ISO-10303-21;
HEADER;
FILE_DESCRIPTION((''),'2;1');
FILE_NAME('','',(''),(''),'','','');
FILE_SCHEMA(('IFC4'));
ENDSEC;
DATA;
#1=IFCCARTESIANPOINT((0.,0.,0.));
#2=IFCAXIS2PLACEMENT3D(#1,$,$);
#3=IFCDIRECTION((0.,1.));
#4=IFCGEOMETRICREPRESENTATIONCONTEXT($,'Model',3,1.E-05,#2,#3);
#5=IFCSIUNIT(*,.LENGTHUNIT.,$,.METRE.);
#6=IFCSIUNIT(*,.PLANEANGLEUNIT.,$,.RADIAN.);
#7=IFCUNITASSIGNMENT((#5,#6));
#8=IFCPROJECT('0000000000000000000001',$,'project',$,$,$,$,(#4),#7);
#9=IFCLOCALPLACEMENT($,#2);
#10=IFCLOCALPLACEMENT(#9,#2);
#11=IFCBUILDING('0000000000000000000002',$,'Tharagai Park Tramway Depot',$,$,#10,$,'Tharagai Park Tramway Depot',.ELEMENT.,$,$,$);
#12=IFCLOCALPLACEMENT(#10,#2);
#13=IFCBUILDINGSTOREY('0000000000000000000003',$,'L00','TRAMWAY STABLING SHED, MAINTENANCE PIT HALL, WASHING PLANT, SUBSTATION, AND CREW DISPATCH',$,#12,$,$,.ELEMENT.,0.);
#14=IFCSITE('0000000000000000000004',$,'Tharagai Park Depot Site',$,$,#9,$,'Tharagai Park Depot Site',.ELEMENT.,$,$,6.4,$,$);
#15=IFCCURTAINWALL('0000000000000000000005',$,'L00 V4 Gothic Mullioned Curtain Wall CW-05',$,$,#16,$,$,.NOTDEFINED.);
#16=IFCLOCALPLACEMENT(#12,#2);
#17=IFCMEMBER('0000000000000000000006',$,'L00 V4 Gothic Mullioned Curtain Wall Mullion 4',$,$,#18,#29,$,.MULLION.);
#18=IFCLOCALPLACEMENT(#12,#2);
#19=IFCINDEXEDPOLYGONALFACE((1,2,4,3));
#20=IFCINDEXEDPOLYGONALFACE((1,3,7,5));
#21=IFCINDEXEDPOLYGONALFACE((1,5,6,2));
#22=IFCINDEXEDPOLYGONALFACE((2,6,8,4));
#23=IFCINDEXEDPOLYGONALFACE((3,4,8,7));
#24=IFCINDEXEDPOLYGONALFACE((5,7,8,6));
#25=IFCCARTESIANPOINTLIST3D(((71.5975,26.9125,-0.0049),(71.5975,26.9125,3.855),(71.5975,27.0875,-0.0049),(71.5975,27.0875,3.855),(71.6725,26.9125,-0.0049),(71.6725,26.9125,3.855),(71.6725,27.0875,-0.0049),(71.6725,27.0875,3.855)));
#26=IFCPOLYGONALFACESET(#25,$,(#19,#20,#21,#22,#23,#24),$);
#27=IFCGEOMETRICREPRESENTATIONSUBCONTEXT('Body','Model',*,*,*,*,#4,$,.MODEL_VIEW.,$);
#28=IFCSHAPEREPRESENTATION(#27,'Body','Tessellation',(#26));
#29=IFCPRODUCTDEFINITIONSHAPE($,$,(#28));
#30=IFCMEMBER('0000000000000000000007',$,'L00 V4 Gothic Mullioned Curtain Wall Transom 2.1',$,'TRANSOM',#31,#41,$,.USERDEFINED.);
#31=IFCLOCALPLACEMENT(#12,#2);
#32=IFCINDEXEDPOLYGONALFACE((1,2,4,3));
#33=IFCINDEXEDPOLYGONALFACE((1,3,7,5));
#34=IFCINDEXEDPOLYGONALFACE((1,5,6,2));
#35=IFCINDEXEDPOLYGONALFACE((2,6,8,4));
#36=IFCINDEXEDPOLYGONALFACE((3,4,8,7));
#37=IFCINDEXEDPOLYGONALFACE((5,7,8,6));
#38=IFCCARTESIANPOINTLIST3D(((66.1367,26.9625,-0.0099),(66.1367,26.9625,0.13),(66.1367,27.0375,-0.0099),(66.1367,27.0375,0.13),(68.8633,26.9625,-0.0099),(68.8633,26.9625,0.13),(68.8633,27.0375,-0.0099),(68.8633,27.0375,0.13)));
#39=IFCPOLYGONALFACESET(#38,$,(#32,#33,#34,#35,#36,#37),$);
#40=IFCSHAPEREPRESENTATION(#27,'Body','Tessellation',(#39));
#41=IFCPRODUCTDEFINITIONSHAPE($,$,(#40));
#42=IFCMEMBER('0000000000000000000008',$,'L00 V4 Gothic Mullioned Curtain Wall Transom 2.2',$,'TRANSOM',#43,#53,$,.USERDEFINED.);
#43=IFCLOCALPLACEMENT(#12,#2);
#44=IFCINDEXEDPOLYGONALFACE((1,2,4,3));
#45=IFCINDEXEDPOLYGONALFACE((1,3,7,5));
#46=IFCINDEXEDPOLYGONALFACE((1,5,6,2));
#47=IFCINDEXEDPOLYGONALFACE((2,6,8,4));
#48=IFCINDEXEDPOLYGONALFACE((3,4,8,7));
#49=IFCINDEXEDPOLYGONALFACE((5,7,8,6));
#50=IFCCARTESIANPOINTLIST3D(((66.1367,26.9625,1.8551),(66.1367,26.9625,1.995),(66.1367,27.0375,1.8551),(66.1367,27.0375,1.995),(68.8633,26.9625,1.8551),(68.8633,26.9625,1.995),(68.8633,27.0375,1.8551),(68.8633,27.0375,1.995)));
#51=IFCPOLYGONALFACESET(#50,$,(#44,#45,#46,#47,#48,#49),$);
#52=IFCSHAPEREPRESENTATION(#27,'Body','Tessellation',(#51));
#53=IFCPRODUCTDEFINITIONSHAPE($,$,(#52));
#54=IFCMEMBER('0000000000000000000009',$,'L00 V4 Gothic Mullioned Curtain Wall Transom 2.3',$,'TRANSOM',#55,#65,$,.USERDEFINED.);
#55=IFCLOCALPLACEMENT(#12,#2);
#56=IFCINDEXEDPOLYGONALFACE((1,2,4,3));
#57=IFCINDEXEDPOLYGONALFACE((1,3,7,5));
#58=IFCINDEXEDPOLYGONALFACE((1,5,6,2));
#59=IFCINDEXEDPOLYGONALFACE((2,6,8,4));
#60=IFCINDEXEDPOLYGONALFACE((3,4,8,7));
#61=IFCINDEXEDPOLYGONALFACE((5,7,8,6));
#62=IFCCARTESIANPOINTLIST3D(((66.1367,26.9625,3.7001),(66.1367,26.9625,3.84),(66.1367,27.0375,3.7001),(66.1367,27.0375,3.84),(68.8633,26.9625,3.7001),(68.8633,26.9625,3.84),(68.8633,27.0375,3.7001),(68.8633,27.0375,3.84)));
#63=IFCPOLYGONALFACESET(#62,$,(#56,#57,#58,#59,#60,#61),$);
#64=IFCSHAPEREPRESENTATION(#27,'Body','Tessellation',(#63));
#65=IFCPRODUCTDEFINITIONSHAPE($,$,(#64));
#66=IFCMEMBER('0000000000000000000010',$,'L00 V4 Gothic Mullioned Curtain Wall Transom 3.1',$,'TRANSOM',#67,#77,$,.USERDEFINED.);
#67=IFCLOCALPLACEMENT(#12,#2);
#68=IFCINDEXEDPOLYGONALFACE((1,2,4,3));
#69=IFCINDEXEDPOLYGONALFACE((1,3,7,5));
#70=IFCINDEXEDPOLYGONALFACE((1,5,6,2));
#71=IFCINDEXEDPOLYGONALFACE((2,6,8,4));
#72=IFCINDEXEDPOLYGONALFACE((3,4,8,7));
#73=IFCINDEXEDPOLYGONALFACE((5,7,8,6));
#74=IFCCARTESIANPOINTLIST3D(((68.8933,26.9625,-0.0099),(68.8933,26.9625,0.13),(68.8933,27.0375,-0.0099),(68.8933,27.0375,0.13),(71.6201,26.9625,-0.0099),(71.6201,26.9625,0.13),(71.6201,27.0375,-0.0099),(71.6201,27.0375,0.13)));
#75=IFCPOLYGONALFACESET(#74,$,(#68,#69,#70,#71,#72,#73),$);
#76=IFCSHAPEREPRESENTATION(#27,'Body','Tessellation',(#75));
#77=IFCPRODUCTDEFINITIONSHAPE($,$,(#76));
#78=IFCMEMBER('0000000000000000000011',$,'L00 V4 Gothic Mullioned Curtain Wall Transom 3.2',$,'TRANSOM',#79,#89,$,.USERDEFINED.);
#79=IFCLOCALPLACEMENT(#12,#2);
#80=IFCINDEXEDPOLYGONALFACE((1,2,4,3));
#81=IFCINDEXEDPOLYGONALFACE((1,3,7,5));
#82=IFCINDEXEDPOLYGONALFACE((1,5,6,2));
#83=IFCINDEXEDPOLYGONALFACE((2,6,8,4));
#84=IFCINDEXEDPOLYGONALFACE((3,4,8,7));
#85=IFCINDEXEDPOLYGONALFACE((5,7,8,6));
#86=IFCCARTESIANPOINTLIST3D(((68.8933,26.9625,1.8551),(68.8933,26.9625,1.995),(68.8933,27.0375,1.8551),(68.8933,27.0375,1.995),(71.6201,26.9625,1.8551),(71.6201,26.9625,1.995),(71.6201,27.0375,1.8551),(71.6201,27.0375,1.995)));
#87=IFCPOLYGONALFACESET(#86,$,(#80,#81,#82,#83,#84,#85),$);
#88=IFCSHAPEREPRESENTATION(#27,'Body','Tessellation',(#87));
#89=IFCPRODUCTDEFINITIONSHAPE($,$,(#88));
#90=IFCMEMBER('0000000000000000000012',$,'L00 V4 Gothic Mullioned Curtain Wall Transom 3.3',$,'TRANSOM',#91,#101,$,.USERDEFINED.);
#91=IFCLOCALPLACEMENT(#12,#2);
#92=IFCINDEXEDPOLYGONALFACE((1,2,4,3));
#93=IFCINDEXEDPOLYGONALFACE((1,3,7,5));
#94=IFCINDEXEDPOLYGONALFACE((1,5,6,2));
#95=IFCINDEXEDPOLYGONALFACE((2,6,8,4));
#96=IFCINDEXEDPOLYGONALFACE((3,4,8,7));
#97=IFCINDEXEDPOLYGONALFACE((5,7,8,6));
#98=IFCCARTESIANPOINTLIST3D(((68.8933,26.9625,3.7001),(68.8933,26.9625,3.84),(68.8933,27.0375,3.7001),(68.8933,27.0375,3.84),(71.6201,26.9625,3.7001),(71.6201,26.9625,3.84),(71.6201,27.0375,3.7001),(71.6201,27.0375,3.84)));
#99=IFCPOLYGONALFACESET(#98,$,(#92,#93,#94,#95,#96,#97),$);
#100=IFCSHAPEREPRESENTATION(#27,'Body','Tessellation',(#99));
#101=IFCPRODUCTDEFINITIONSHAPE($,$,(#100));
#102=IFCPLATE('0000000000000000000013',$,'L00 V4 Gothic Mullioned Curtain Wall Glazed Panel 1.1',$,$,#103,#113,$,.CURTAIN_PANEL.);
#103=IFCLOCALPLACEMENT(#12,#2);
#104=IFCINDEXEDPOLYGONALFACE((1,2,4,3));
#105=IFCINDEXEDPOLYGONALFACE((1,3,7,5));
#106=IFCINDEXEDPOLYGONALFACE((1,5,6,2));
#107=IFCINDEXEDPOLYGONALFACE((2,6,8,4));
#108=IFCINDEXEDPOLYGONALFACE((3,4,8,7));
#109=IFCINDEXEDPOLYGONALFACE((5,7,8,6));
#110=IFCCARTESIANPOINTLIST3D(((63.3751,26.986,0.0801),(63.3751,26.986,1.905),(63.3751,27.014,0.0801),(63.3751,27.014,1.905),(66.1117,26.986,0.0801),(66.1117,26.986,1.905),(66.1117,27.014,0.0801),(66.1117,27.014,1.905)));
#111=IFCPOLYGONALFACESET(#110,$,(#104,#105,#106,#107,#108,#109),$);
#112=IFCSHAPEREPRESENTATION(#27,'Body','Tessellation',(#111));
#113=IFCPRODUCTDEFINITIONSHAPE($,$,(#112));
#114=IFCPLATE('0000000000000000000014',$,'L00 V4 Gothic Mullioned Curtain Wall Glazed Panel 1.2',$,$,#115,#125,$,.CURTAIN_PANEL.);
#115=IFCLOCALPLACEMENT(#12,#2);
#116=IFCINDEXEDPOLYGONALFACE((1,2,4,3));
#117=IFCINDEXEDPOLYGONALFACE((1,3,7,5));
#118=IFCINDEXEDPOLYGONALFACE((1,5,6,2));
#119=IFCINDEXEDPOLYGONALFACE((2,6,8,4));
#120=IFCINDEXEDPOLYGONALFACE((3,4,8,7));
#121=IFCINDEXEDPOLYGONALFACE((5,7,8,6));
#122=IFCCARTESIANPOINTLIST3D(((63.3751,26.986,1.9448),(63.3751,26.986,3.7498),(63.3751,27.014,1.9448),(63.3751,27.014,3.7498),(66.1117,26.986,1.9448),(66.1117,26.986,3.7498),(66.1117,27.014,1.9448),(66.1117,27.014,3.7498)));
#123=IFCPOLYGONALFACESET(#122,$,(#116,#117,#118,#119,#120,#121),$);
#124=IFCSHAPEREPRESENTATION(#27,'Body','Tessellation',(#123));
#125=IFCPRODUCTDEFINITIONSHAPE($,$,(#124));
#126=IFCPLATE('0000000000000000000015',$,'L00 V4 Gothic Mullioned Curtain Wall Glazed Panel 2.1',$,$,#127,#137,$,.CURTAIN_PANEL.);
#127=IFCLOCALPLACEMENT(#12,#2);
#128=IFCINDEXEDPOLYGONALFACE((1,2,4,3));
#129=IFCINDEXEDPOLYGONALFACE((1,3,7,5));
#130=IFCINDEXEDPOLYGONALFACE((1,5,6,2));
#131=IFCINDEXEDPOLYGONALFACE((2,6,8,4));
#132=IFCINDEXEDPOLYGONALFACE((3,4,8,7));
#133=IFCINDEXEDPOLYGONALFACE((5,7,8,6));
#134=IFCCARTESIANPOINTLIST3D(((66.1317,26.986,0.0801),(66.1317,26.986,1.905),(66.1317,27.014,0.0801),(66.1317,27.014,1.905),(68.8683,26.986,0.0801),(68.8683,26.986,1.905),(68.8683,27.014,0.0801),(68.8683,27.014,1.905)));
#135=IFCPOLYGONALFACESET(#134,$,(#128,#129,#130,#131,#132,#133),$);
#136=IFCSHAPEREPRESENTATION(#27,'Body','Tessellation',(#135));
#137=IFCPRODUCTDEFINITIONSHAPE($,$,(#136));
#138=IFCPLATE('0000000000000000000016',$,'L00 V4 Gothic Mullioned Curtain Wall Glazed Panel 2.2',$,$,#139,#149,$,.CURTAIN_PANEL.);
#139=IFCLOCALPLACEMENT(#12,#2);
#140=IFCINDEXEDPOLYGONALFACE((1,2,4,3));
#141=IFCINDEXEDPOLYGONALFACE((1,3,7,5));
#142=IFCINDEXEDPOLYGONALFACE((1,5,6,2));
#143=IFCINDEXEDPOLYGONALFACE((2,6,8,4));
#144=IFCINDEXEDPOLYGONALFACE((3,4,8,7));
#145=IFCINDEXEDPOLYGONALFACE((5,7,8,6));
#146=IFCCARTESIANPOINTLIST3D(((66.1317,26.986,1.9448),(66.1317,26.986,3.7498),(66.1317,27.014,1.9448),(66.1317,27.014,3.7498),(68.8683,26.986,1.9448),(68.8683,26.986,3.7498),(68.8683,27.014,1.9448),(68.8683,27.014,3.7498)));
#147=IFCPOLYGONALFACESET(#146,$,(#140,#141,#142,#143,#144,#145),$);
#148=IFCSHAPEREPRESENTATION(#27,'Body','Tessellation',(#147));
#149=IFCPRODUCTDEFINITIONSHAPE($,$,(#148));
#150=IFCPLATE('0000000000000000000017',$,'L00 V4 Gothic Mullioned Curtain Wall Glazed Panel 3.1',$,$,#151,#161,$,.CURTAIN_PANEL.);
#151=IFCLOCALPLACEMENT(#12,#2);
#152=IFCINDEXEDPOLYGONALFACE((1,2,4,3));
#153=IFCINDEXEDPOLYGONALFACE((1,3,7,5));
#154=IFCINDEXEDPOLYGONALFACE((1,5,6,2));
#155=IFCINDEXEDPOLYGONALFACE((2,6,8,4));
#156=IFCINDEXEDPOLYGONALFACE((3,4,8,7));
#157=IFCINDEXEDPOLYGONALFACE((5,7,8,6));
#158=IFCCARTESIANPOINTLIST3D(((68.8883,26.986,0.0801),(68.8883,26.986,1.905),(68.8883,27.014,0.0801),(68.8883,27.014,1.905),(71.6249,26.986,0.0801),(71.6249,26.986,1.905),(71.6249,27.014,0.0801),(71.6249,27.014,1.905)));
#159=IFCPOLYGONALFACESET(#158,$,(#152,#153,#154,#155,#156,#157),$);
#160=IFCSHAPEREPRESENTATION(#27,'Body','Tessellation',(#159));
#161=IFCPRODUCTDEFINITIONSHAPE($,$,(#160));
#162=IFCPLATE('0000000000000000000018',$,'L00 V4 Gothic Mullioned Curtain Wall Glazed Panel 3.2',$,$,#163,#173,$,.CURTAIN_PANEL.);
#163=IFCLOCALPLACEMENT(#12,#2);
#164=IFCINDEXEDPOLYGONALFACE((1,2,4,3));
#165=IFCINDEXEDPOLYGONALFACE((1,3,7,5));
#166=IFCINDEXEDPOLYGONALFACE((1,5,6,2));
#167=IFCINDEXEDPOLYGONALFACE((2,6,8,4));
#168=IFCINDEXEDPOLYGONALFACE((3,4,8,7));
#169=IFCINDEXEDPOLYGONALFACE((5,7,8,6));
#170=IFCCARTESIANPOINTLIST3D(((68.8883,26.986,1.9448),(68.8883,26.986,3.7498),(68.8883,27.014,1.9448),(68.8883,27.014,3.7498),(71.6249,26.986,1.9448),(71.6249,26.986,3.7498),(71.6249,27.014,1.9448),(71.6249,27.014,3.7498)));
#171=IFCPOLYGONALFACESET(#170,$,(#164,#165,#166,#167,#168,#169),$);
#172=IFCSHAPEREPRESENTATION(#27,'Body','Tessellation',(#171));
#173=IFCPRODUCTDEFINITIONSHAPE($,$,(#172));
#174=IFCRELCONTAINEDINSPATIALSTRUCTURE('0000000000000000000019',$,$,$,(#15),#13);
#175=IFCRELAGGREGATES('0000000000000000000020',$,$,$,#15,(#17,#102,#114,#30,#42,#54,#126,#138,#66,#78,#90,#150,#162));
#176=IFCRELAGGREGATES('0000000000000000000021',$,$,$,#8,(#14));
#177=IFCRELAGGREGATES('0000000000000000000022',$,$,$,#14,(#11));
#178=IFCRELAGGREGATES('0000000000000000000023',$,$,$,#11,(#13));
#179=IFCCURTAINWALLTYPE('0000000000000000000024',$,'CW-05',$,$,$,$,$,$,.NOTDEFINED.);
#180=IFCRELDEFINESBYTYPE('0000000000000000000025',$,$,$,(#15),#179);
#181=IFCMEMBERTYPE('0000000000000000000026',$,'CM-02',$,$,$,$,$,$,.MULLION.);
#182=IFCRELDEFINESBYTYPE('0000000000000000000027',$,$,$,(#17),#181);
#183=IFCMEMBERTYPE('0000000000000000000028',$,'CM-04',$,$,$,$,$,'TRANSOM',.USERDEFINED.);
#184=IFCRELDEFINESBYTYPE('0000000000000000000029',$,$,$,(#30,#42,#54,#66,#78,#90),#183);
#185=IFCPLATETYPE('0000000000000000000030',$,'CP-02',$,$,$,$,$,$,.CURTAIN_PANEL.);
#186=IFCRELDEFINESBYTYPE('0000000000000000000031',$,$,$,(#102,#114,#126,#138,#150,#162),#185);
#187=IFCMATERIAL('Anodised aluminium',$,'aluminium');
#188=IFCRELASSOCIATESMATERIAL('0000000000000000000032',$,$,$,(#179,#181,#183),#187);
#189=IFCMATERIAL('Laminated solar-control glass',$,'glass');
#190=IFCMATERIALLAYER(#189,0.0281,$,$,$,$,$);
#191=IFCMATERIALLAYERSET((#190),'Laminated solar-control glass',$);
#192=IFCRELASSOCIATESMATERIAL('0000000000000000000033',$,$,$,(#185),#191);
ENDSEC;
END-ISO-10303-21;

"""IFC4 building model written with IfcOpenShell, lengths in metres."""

from ifc_helpers import new_model, si_unit, direction, frame, origin, origin_2d, place, context, subcontext, project, spatial, rectangle, extrude, material, layer, layer_set, material_profile, profile_set, type_object, element, aggregate, save


model = new_model("IFC4")

# Units and contexts
model_context = context("Model", 3, precision=1e-05, world=origin(), true_north=direction((0.0, 1.0)))
body_context = subcontext(model_context, "Body", "Model", "MODEL_VIEW")
ifc_project = project(units=[si_unit("LENGTHUNIT", "METRE"), si_unit("PLANEANGLEUNIT", "RADIAN")], contexts=[model_context])

# Site, building, storey
site_placement = place(None, origin())
site = spatial("IfcSite", under=ifc_project, at=site_placement, Name="Tharagai Park Depot Site", LongName="Tharagai Park Depot Site", CompositionType="ELEMENT", RefElevation=6.4)
building_placement = place(site_placement, origin())
building = spatial("IfcBuilding", under=site, at=building_placement, Name="Tharagai Park Tramway Depot", LongName="Tharagai Park Tramway Depot", CompositionType="ELEMENT")
storey_placement = place(building_placement, origin())
storey = spatial("IfcBuildingStorey", under=building, at=storey_placement, Name="L00", Description="TRAMWAY STABLING SHED, MAINTENANCE PIT HALL, WASHING PLANT, SUBSTATION, AND CREW DISPATCH", CompositionType="ELEMENT", Elevation=0.0)

# Curtain wall, members, plates
ifc_material_1 = material(Name="Anodised aluminium", Category="aluminium")
curtain_wall_type = type_object("IfcCurtainWallType", Name="CW-05", PredefinedType="NOTDEFINED", material=ifc_material_1)
curtain_wall_placement = place(storey_placement, origin())
curtain_wall = element("IfcCurtainWall", 1, at=curtain_wall_placement, inside=storey, type_object=curtain_wall_type, Name="L00 V4 Gothic Mullioned Curtain Wall CW-05", PredefinedType="NOTDEFINED")
ifc_material_profile_1 = material_profile(ifc_material_1, rectangle(XDim=0.075, YDim=0.175, at=origin_2d()), Name="ALU 75x175")
ifc_profile_set_1 = profile_set([ifc_material_profile_1], Name="Anodised aluminium")
member_type_1 = type_object("IfcMemberType", Name="CM-02", PredefinedType="MULLION", material=ifc_profile_set_1)
member_1_placement = place(storey_placement, frame((71.635, 27.0, -0.0049), z_axis=(0.0, 0.0, 1.0), x_axis=(1.0, 0.0, 0.0)))
member_1 = element("IfcMember", 2, at=member_1_placement, type_object=member_type_1, Name="L00 V4 Gothic Mullioned Curtain Wall Mullion 4", PredefinedType="MULLION", context=body_context, shape_type="SweptSolid", body=[
    extrude(rectangle(XDim=0.075, YDim=0.175, at=origin_2d()), origin(), (0.0, 0.0, 1.0), 3.8599),
])
ifc_material_profile_2 = material_profile(ifc_material_1, rectangle(XDim=0.075, YDim=0.1399, at=origin_2d()), Name="ALU 75x140")
ifc_profile_set_2 = profile_set([ifc_material_profile_2], Name="Anodised aluminium")
member_type_2 = type_object("IfcMemberType", Name="CM-04", ElementType="TRANSOM", PredefinedType="USERDEFINED", material=ifc_profile_set_2)
member_2_placement = place(storey_placement, frame((66.1367, 27.0, 0.0601), z_axis=(1.0, 0.0, 0.0), x_axis=(0.0, 1.0, 0.0)))
member_2 = element("IfcMember", 3, at=member_2_placement, type_object=member_type_2, Name="L00 V4 Gothic Mullioned Curtain Wall Transom 2.1", ObjectType="TRANSOM", PredefinedType="USERDEFINED", context=body_context, shape_type="SweptSolid", body=[
    extrude(rectangle(XDim=0.075, YDim=0.1399, at=origin_2d()), origin(), (0.0, 0.0, 1.0), 2.7266),
])
member_3_placement = place(storey_placement, frame((66.1367, 27.0, 1.925), z_axis=(1.0, 0.0, 0.0), x_axis=(0.0, 1.0, 0.0)))
member_3 = element("IfcMember", 4, at=member_3_placement, type_object=member_type_2, Name="L00 V4 Gothic Mullioned Curtain Wall Transom 2.2", ObjectType="TRANSOM", PredefinedType="USERDEFINED", context=body_context, shape_type="SweptSolid", body=[
    extrude(rectangle(XDim=0.075, YDim=0.1399, at=origin_2d()), origin(), (0.0, 0.0, 1.0), 2.7266),
])
member_4_placement = place(storey_placement, frame((66.1367, 27.0, 3.77), z_axis=(1.0, 0.0, 0.0), x_axis=(0.0, 1.0, 0.0)))
member_4 = element("IfcMember", 5, at=member_4_placement, type_object=member_type_2, Name="L00 V4 Gothic Mullioned Curtain Wall Transom 2.3", ObjectType="TRANSOM", PredefinedType="USERDEFINED", context=body_context, shape_type="SweptSolid", body=[
    extrude(rectangle(XDim=0.075, YDim=0.1399, at=origin_2d()), origin(), (0.0, 0.0, 1.0), 2.7266),
])
member_5_placement = place(storey_placement, frame((68.8933, 27.0, 0.0601), z_axis=(1.0, 0.0, 0.0), x_axis=(0.0, 1.0, 0.0)))
member_5 = element("IfcMember", 6, at=member_5_placement, type_object=member_type_2, Name="L00 V4 Gothic Mullioned Curtain Wall Transom 3.1", ObjectType="TRANSOM", PredefinedType="USERDEFINED", context=body_context, shape_type="SweptSolid", body=[
    extrude(rectangle(XDim=0.075, YDim=0.1399, at=origin_2d()), origin(), (0.0, 0.0, 1.0), 2.7268),
])
member_6_placement = place(storey_placement, frame((68.8933, 27.0, 1.925), z_axis=(1.0, 0.0, 0.0), x_axis=(0.0, 1.0, 0.0)))
member_6 = element("IfcMember", 7, at=member_6_placement, type_object=member_type_2, Name="L00 V4 Gothic Mullioned Curtain Wall Transom 3.2", ObjectType="TRANSOM", PredefinedType="USERDEFINED", context=body_context, shape_type="SweptSolid", body=[
    extrude(rectangle(XDim=0.075, YDim=0.1399, at=origin_2d()), origin(), (0.0, 0.0, 1.0), 2.7268),
])
member_7_placement = place(storey_placement, frame((68.8933, 27.0, 3.77), z_axis=(1.0, 0.0, 0.0), x_axis=(0.0, 1.0, 0.0)))
member_7 = element("IfcMember", 8, at=member_7_placement, type_object=member_type_2, Name="L00 V4 Gothic Mullioned Curtain Wall Transom 3.3", ObjectType="TRANSOM", PredefinedType="USERDEFINED", context=body_context, shape_type="SweptSolid", body=[
    extrude(rectangle(XDim=0.075, YDim=0.1399, at=origin_2d()), origin(), (0.0, 0.0, 1.0), 2.7268),
])
ifc_material_2 = material(Name="Laminated solar-control glass", Category="glass")
ifc_layer_1 = layer(ifc_material_2, 0.0281)
ifc_layer_set_1 = layer_set([ifc_layer_1], Name="Laminated solar-control glass")
plate_type = type_object("IfcPlateType", Name="CP-02", PredefinedType="CURTAIN_PANEL", material=ifc_layer_set_1)
plate_1_placement = place(storey_placement, frame((64.7434, 27.0, 0.0801), z_axis=(0.0, 0.0, 1.0), x_axis=(1.0, 0.0, 0.0)))
plate_1 = element("IfcPlate", 9, at=plate_1_placement, type_object=plate_type, Name="L00 V4 Gothic Mullioned Curtain Wall Glazed Panel 1.1", PredefinedType="CURTAIN_PANEL", context=body_context, shape_type="SweptSolid", body=[
    extrude(rectangle(XDim=2.7366, YDim=0.0281, at=origin_2d()), origin(), (0.0, 0.0, 1.0), 1.825),
])
plate_2_placement = place(storey_placement, frame((64.7434, 27.0, 1.9448), z_axis=(0.0, 0.0, 1.0), x_axis=(1.0, 0.0, 0.0)))
plate_2 = element("IfcPlate", 10, at=plate_2_placement, type_object=plate_type, Name="L00 V4 Gothic Mullioned Curtain Wall Glazed Panel 1.2", PredefinedType="CURTAIN_PANEL", context=body_context, shape_type="SweptSolid", body=[
    extrude(rectangle(XDim=2.7366, YDim=0.0281, at=origin_2d()), origin(), (0.0, 0.0, 1.0), 1.8049),
])
plate_3_placement = place(storey_placement, frame((67.5, 27.0, 0.0801), z_axis=(0.0, 0.0, 1.0), x_axis=(1.0, 0.0, 0.0)))
plate_3 = element("IfcPlate", 11, at=plate_3_placement, type_object=plate_type, Name="L00 V4 Gothic Mullioned Curtain Wall Glazed Panel 2.1", PredefinedType="CURTAIN_PANEL", context=body_context, shape_type="SweptSolid", body=[
    extrude(rectangle(XDim=2.7366, YDim=0.0281, at=origin_2d()), origin(), (0.0, 0.0, 1.0), 1.825),
])
plate_4_placement = place(storey_placement, frame((67.5, 27.0, 1.9448), z_axis=(0.0, 0.0, 1.0), x_axis=(1.0, 0.0, 0.0)))
plate_4 = element("IfcPlate", 12, at=plate_4_placement, type_object=plate_type, Name="L00 V4 Gothic Mullioned Curtain Wall Glazed Panel 2.2", PredefinedType="CURTAIN_PANEL", context=body_context, shape_type="SweptSolid", body=[
    extrude(rectangle(XDim=2.7366, YDim=0.0281, at=origin_2d()), origin(), (0.0, 0.0, 1.0), 1.8049),
])
plate_5_placement = place(storey_placement, frame((70.2566, 27.0, 0.0801), z_axis=(0.0, 0.0, 1.0), x_axis=(1.0, 0.0, 0.0)))
plate_5 = element("IfcPlate", 13, at=plate_5_placement, type_object=plate_type, Name="L00 V4 Gothic Mullioned Curtain Wall Glazed Panel 3.1", PredefinedType="CURTAIN_PANEL", context=body_context, shape_type="SweptSolid", body=[
    extrude(rectangle(XDim=2.7366, YDim=0.0281, at=origin_2d()), origin(), (0.0, 0.0, 1.0), 1.825),
])
plate_6_placement = place(storey_placement, frame((70.2566, 27.0, 1.9448), z_axis=(0.0, 0.0, 1.0), x_axis=(1.0, 0.0, 0.0)))
plate_6 = element("IfcPlate", 14, at=plate_6_placement, type_object=plate_type, Name="L00 V4 Gothic Mullioned Curtain Wall Glazed Panel 3.2", PredefinedType="CURTAIN_PANEL", context=body_context, shape_type="SweptSolid", body=[
    extrude(rectangle(XDim=2.7366, YDim=0.0281, at=origin_2d()), origin(), (0.0, 0.0, 1.0), 1.8049),
])
aggregate(curtain_wall, [member_1, plate_1, plate_2, member_2, member_3, member_4, plate_3, plate_4, member_5, member_6, member_7, plate_5, plate_6])

save(model, "model.ifc")
